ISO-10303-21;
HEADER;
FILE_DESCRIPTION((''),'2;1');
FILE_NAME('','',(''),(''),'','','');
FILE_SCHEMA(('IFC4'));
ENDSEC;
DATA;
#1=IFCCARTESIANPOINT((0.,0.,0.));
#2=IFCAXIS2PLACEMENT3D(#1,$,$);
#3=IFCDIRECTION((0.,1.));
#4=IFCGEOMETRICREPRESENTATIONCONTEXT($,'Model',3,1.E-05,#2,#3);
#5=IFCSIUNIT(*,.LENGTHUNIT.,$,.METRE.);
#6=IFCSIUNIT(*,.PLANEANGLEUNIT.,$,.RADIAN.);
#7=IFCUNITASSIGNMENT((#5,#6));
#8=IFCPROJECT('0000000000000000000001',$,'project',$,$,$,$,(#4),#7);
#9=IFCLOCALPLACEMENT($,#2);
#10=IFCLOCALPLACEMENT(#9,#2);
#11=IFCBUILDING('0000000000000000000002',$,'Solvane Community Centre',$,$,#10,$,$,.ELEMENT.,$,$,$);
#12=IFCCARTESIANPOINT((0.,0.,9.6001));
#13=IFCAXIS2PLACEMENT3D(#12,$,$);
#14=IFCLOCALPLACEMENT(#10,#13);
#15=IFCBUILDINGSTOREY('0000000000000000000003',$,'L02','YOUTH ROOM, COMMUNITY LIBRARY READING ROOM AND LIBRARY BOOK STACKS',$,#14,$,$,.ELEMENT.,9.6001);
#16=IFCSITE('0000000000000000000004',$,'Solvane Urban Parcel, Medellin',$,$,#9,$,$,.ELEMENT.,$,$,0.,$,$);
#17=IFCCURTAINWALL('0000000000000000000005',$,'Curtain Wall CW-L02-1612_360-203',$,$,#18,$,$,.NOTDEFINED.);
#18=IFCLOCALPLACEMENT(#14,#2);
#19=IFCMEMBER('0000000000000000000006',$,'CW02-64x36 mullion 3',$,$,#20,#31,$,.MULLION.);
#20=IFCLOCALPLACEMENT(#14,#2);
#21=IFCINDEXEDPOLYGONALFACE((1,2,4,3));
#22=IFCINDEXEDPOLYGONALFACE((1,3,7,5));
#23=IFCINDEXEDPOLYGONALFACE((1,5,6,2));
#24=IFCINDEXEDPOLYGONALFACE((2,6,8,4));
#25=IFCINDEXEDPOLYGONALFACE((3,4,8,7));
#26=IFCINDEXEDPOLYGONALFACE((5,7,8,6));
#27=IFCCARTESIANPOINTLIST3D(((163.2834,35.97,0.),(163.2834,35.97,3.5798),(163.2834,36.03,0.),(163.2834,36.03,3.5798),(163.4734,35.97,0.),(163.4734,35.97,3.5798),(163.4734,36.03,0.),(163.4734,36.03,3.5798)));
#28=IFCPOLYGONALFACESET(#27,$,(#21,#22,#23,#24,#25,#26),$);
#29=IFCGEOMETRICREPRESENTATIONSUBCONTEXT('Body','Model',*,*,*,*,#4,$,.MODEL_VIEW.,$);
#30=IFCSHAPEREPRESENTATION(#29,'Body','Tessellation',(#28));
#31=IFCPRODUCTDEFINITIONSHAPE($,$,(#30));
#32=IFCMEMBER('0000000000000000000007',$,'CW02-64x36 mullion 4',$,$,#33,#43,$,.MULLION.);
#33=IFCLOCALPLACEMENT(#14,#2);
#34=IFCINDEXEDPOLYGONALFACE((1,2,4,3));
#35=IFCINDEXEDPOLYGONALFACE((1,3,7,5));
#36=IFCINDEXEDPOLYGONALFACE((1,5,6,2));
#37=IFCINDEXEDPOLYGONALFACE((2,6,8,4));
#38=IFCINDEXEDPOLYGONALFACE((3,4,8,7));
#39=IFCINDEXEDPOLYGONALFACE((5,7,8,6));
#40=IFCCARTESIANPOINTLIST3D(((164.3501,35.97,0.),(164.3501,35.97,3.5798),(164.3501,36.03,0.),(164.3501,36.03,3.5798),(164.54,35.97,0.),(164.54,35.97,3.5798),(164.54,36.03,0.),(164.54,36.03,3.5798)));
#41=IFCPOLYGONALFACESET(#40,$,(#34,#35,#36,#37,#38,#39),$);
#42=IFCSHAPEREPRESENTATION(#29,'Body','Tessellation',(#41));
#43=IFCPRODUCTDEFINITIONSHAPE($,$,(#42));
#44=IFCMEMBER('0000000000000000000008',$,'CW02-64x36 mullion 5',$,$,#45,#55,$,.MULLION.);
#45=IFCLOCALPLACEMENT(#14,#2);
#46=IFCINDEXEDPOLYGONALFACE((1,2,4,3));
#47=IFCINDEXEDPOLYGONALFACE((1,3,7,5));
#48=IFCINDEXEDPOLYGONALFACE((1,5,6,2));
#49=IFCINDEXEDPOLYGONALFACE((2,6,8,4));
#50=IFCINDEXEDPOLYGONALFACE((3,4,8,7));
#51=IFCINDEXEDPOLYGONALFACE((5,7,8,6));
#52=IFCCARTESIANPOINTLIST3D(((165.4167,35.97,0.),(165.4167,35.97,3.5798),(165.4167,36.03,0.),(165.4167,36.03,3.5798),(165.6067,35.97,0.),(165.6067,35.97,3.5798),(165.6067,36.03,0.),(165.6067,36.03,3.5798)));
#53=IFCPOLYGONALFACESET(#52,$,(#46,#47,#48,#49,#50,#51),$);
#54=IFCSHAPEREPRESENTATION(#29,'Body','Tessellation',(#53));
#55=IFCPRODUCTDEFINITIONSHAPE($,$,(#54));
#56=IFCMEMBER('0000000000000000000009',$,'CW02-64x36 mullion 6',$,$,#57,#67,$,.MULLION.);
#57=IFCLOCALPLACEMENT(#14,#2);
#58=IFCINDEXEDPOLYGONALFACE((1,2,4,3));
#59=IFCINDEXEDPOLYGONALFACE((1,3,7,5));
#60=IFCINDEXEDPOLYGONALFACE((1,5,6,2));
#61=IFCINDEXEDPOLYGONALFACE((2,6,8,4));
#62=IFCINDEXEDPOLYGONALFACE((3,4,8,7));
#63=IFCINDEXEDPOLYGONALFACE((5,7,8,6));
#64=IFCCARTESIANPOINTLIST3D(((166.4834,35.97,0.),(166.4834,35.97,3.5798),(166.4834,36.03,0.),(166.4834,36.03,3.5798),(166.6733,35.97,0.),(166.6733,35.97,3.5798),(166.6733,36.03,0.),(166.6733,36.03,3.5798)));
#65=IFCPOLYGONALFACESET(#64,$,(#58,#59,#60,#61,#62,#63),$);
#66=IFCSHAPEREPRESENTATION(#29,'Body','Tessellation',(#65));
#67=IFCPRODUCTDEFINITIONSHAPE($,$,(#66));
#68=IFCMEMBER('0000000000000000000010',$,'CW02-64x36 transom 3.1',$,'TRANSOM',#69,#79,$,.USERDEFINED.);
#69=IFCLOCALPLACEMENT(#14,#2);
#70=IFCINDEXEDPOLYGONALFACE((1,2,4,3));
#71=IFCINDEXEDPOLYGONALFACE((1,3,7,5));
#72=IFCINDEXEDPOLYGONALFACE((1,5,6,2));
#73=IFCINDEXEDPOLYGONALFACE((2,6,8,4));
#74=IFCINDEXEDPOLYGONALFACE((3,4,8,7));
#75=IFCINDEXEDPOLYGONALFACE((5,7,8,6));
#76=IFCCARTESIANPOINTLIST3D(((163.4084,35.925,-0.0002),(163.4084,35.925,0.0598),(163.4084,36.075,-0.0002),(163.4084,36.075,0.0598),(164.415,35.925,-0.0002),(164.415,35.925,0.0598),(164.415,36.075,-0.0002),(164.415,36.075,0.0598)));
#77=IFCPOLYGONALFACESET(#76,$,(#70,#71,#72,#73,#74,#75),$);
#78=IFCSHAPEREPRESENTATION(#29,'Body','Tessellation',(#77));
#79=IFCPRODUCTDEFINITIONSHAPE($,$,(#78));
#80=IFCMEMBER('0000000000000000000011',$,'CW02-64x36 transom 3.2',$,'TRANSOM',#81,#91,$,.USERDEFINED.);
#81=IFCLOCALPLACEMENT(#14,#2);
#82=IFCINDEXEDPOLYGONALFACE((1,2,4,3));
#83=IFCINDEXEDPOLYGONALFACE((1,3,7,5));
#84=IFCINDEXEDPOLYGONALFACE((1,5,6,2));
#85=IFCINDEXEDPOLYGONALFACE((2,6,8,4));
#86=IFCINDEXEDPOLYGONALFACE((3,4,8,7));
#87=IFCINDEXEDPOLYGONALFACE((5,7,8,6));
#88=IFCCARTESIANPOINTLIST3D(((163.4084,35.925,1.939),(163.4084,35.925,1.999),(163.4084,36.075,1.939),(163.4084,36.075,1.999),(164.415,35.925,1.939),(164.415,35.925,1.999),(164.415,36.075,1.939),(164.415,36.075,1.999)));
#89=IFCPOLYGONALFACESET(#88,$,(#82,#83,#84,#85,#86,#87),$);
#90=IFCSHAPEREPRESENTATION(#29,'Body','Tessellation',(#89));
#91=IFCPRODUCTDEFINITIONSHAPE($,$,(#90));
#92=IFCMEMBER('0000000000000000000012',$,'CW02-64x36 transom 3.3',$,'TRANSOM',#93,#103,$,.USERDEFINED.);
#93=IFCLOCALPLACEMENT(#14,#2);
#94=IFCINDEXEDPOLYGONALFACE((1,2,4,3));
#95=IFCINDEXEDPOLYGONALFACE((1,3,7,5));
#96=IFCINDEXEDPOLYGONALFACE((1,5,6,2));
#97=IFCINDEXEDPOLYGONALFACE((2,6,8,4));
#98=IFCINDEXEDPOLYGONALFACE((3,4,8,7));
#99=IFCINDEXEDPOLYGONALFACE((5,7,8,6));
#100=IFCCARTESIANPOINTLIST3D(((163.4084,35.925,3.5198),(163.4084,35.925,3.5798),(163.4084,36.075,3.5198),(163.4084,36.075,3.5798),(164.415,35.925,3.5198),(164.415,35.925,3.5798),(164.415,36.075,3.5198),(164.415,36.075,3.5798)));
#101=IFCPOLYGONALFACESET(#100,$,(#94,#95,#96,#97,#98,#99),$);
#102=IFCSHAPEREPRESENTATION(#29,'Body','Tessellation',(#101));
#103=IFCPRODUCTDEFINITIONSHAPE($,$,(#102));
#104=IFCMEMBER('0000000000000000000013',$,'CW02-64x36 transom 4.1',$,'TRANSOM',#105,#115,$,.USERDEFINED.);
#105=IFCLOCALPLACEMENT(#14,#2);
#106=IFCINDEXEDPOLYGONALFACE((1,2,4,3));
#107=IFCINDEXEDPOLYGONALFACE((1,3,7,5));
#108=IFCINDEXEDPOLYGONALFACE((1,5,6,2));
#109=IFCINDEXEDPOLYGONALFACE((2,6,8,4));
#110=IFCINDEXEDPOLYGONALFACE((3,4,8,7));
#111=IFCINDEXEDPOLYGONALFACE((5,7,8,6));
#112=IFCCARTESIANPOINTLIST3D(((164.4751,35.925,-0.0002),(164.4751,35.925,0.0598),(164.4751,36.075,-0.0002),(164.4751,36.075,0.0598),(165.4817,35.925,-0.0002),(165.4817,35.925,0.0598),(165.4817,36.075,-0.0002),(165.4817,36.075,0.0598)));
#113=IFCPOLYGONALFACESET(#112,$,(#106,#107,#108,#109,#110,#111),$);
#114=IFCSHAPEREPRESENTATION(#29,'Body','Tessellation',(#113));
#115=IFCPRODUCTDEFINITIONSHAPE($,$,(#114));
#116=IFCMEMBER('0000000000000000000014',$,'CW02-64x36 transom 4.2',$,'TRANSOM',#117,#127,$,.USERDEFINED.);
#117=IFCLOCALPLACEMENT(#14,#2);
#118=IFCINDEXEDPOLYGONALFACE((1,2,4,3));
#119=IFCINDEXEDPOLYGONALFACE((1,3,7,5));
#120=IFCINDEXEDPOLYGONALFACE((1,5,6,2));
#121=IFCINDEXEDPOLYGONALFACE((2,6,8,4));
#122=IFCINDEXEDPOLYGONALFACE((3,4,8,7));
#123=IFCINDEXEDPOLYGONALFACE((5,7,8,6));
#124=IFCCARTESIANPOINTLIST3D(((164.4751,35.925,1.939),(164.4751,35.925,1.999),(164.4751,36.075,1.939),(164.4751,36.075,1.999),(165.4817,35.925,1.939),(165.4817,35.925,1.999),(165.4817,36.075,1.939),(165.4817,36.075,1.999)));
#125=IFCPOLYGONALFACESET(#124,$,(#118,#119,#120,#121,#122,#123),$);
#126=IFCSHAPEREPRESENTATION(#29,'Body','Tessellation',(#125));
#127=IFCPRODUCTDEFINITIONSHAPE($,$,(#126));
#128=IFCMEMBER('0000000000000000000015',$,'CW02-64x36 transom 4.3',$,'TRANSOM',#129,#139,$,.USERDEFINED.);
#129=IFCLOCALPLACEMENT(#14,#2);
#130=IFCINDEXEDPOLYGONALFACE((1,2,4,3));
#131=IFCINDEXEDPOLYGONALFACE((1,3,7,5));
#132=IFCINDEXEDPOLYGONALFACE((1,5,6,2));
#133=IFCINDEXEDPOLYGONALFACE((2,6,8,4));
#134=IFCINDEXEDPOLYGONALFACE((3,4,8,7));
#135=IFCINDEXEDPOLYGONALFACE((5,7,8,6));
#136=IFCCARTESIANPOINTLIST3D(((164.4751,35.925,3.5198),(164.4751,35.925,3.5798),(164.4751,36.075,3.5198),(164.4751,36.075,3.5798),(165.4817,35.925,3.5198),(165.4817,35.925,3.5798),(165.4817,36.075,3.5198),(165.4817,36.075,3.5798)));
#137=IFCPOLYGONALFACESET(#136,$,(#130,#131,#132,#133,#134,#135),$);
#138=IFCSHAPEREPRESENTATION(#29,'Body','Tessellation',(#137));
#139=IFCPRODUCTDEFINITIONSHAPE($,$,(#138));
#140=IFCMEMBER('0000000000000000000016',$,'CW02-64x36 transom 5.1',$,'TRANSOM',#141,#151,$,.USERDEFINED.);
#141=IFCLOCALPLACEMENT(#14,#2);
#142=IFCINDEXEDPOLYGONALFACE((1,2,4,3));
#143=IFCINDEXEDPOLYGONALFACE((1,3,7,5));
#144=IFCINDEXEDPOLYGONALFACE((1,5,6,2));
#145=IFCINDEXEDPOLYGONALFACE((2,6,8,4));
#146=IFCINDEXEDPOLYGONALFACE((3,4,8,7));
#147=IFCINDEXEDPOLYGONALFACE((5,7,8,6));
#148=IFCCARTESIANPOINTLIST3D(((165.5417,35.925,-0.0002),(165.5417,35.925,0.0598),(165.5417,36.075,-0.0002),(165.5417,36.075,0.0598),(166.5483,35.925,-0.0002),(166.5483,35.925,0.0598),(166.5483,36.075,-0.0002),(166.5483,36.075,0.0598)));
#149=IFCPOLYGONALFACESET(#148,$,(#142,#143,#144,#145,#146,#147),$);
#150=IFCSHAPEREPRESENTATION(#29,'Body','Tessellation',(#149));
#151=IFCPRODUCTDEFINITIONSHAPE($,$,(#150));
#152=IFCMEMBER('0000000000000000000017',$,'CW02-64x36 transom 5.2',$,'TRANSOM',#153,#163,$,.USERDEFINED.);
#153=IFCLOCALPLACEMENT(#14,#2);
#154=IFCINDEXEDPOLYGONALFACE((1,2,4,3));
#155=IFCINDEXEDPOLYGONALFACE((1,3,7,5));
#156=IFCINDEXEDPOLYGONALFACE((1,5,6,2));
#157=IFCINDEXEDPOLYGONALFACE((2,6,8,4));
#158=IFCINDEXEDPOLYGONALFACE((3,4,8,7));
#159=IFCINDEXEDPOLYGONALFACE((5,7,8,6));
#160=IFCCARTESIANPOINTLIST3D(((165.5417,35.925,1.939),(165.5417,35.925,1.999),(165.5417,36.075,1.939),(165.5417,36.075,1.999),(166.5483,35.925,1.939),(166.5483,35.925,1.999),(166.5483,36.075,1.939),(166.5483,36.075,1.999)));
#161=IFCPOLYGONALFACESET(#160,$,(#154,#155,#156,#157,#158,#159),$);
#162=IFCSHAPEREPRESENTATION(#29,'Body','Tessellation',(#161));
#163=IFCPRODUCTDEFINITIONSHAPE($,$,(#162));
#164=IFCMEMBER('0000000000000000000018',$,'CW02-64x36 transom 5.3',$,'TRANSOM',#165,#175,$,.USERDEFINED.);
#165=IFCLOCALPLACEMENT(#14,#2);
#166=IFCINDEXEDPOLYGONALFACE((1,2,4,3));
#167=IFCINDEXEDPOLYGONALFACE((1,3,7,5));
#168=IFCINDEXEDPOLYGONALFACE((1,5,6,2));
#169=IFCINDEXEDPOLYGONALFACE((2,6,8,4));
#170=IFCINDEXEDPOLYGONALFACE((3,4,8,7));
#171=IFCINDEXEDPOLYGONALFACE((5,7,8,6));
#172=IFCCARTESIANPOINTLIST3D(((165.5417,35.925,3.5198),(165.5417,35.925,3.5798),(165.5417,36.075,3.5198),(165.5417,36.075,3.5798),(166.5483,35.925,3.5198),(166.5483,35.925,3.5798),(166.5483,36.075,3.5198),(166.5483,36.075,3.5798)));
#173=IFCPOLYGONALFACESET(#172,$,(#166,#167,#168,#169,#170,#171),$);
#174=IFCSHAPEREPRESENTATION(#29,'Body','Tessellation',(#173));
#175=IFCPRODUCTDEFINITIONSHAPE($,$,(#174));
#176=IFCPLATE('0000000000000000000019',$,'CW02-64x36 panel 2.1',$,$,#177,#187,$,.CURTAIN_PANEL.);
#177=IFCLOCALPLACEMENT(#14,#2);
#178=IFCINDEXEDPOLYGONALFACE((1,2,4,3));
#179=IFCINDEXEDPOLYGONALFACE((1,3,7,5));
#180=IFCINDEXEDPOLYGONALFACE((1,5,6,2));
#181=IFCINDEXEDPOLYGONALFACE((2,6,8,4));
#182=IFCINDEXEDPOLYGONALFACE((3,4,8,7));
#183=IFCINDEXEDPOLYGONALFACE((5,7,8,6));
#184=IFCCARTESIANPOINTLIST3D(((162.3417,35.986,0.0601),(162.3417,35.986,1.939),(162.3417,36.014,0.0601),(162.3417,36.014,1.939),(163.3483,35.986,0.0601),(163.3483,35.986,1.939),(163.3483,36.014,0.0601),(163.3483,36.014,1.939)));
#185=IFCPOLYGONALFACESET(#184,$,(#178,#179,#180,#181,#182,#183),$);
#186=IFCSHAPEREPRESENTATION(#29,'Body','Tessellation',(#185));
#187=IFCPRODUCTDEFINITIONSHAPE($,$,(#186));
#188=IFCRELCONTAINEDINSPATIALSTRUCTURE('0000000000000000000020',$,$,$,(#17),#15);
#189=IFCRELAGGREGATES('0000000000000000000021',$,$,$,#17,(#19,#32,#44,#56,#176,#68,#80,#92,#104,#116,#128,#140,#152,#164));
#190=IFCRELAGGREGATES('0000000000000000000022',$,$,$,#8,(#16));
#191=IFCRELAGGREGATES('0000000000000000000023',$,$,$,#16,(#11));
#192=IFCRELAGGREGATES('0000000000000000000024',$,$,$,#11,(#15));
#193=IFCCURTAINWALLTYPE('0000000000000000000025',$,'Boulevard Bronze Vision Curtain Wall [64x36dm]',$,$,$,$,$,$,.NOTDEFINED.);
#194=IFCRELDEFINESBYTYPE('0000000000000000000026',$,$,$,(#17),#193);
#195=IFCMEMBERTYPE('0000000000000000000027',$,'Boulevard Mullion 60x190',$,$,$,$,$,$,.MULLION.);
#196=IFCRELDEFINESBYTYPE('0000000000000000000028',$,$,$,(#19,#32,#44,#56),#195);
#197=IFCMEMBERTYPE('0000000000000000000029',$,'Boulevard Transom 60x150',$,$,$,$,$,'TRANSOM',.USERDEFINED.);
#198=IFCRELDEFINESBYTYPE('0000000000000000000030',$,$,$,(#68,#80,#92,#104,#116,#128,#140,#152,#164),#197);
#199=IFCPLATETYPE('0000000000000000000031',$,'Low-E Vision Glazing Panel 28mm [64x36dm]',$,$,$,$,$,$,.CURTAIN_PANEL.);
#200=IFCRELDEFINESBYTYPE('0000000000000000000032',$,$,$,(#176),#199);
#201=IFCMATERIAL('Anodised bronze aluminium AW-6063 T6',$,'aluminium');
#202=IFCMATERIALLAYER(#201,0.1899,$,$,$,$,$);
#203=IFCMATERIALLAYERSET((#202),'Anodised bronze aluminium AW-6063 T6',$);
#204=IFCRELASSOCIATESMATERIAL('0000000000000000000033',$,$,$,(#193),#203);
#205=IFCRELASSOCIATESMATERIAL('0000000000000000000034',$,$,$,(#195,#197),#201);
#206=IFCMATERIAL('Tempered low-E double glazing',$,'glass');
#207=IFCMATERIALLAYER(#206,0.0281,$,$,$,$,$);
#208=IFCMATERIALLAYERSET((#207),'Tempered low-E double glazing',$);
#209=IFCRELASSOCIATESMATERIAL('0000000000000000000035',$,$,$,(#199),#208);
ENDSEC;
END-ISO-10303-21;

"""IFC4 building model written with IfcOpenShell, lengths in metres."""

from ifc_helpers import new_model, si_unit, direction, frame, origin, origin_2d, place, context, subcontext, project, spatial, rectangle, extrude, material, layer, layer_set, material_profile, profile_set, type_object, element, aggregate, save


model = new_model("IFC4")

# Units and contexts
model_context = context("Model", 3, precision=1e-05, world=origin(), true_north=direction((0.0, 1.0)))
body_context = subcontext(model_context, "Body", "Model", "MODEL_VIEW")
ifc_project = project(units=[si_unit("LENGTHUNIT", "METRE"), si_unit("PLANEANGLEUNIT", "RADIAN")], contexts=[model_context])

# Site, building, storey
site_placement = place(None, origin())
site = spatial("IfcSite", under=ifc_project, at=site_placement, Name="Solvane Urban Parcel, Medellin", CompositionType="ELEMENT", RefElevation=0.0)
building_placement = place(site_placement, origin())
building = spatial("IfcBuilding", under=site, at=building_placement, Name="Solvane Community Centre", CompositionType="ELEMENT")
storey_placement = place(building_placement, frame((0.0, 0.0, 9.6001)))
storey = spatial("IfcBuildingStorey", under=building, at=storey_placement, Name="L02", Description="YOUTH ROOM, COMMUNITY LIBRARY READING ROOM AND LIBRARY BOOK STACKS", CompositionType="ELEMENT", Elevation=9.6001)

# Curtain wall, members, plate
ifc_material_1 = material(Name="Anodised bronze aluminium AW-6063 T6", Category="aluminium")
ifc_layer_1 = layer(ifc_material_1, 0.1899)
ifc_layer_set_1 = layer_set([ifc_layer_1], Name="Anodised bronze aluminium AW-6063 T6")
curtain_wall_type = type_object("IfcCurtainWallType", Name="Boulevard Bronze Vision Curtain Wall [64x36dm]", PredefinedType="NOTDEFINED", material=ifc_layer_set_1)
curtain_wall_placement = place(storey_placement, origin())
curtain_wall = element("IfcCurtainWall", 1, at=curtain_wall_placement, inside=storey, type_object=curtain_wall_type, Name="Curtain Wall CW-L02-1612_360-203", PredefinedType="NOTDEFINED")
ifc_material_profile_1 = material_profile(ifc_material_1, rectangle(XDim=0.0601, YDim=0.1899, at=origin_2d()), Name="CW-M 60x190")
ifc_profile_set_1 = profile_set([ifc_material_profile_1], Name="Anodised bronze aluminium AW-6063 T6")
member_type_1 = type_object("IfcMemberType", Name="Boulevard Mullion 60x190", PredefinedType="MULLION", material=ifc_profile_set_1)
member_1_placement = place(storey_placement, frame((163.3784, 36.0, 0.0), z_axis=(0.0, 0.0, 1.0), x_axis=(0.0, 1.0, 0.0)))
member_1 = element("IfcMember", 2, at=member_1_placement, type_object=member_type_1, Name="CW02-64x36 mullion 3", PredefinedType="MULLION", context=body_context, shape_type="SweptSolid", body=[
    extrude(rectangle(XDim=0.0601, YDim=0.1899, at=origin_2d()), origin(), (0.0, 0.0, 1.0), 3.5798),
])
member_2_placement = place(storey_placement, frame((164.4451, 36.0, 0.0), z_axis=(0.0, 0.0, 1.0), x_axis=(0.0, 1.0, 0.0)))
member_2 = element("IfcMember", 3, at=member_2_placement, type_object=member_type_1, Name="CW02-64x36 mullion 4", PredefinedType="MULLION", context=body_context, shape_type="SweptSolid", body=[
    extrude(rectangle(XDim=0.0601, YDim=0.1899, at=origin_2d()), origin(), (0.0, 0.0, 1.0), 3.5798),
])
member_3_placement = place(storey_placement, frame((165.5117, 36.0, 0.0), z_axis=(0.0, 0.0, 1.0), x_axis=(0.0, 1.0, 0.0)))
member_3 = element("IfcMember", 4, at=member_3_placement, type_object=member_type_1, Name="CW02-64x36 mullion 5", PredefinedType="MULLION", context=body_context, shape_type="SweptSolid", body=[
    extrude(rectangle(XDim=0.0601, YDim=0.1899, at=origin_2d()), origin(), (0.0, 0.0, 1.0), 3.5798),
])
member_4_placement = place(storey_placement, frame((166.5784, 36.0, 0.0), z_axis=(0.0, 0.0, 1.0), x_axis=(0.0, 1.0, 0.0)))
member_4 = element("IfcMember", 5, at=member_4_placement, type_object=member_type_1, Name="CW02-64x36 mullion 6", PredefinedType="MULLION", context=body_context, shape_type="SweptSolid", body=[
    extrude(rectangle(XDim=0.0601, YDim=0.1899, at=origin_2d()), origin(), (0.0, 0.0, 1.0), 3.5798),
])
ifc_material_profile_2 = material_profile(ifc_material_1, rectangle(XDim=0.1499, YDim=0.0601, at=origin_2d()), Name="CW-T 60x150")
ifc_profile_set_2 = profile_set([ifc_material_profile_2], Name="Anodised bronze aluminium AW-6063 T6")
member_type_2 = type_object("IfcMemberType", Name="Boulevard Transom 60x150", ElementType="TRANSOM", PredefinedType="USERDEFINED", material=ifc_profile_set_2)
member_5_placement = place(storey_placement, frame((163.4084, 36.0, 0.0298), z_axis=(1.0, 0.0, 0.0), x_axis=(0.0, 1.0, 0.0)))
member_5 = element("IfcMember", 6, at=member_5_placement, type_object=member_type_2, Name="CW02-64x36 transom 3.1", ObjectType="TRANSOM", PredefinedType="USERDEFINED", context=body_context, shape_type="SweptSolid", body=[
    extrude(rectangle(XDim=0.1499, YDim=0.0601, at=origin_2d()), origin(), (0.0, 0.0, 1.0), 1.0066),
])
member_6_placement = place(storey_placement, frame((163.4084, 36.0, 1.969), z_axis=(1.0, 0.0, 0.0), x_axis=(0.0, 1.0, 0.0)))
member_6 = element("IfcMember", 7, at=member_6_placement, type_object=member_type_2, Name="CW02-64x36 transom 3.2", ObjectType="TRANSOM", PredefinedType="USERDEFINED", context=body_context, shape_type="SweptSolid", body=[
    extrude(rectangle(XDim=0.1499, YDim=0.0601, at=origin_2d()), origin(), (0.0, 0.0, 1.0), 1.0066),
])
member_7_placement = place(storey_placement, frame((163.4084, 36.0, 3.5498), z_axis=(1.0, 0.0, 0.0), x_axis=(0.0, 1.0, 0.0)))
member_7 = element("IfcMember", 8, at=member_7_placement, type_object=member_type_2, Name="CW02-64x36 transom 3.3", ObjectType="TRANSOM", PredefinedType="USERDEFINED", context=body_context, shape_type="SweptSolid", body=[
    extrude(rectangle(XDim=0.1499, YDim=0.0601, at=origin_2d()), origin(), (0.0, 0.0, 1.0), 1.0066),
])
member_8_placement = place(storey_placement, frame((164.4751, 36.0, 0.0298), z_axis=(1.0, 0.0, 0.0), x_axis=(0.0, 1.0, 0.0)))
member_8 = element("IfcMember", 9, at=member_8_placement, type_object=member_type_2, Name="CW02-64x36 transom 4.1", ObjectType="TRANSOM", PredefinedType="USERDEFINED", context=body_context, shape_type="SweptSolid", body=[
    extrude(rectangle(XDim=0.1499, YDim=0.0601, at=origin_2d()), origin(), (0.0, 0.0, 1.0), 1.0066),
])
member_9_placement = place(storey_placement, frame((164.4751, 36.0, 1.969), z_axis=(1.0, 0.0, 0.0), x_axis=(0.0, 1.0, 0.0)))
member_9 = element("IfcMember", 10, at=member_9_placement, type_object=member_type_2, Name="CW02-64x36 transom 4.2", ObjectType="TRANSOM", PredefinedType="USERDEFINED", context=body_context, shape_type="SweptSolid", body=[
    extrude(rectangle(XDim=0.1499, YDim=0.0601, at=origin_2d()), origin(), (0.0, 0.0, 1.0), 1.0066),
])
member_10_placement = place(storey_placement, frame((164.4751, 36.0, 3.5498), z_axis=(1.0, 0.0, 0.0), x_axis=(0.0, 1.0, 0.0)))
member_10 = element("IfcMember", 11, at=member_10_placement, type_object=member_type_2, Name="CW02-64x36 transom 4.3", ObjectType="TRANSOM", PredefinedType="USERDEFINED", context=body_context, shape_type="SweptSolid", body=[
    extrude(rectangle(XDim=0.1499, YDim=0.0601, at=origin_2d()), origin(), (0.0, 0.0, 1.0), 1.0066),
])
member_11_placement = place(storey_placement, frame((165.5417, 36.0, 0.0298), z_axis=(1.0, 0.0, 0.0), x_axis=(0.0, 1.0, 0.0)))
member_11 = element("IfcMember", 12, at=member_11_placement, type_object=member_type_2, Name="CW02-64x36 transom 5.1", ObjectType="TRANSOM", PredefinedType="USERDEFINED", context=body_context, shape_type="SweptSolid", body=[
    extrude(rectangle(XDim=0.1499, YDim=0.0601, at=origin_2d()), origin(), (0.0, 0.0, 1.0), 1.0066),
])
member_12_placement = place(storey_placement, frame((165.5417, 36.0, 1.969), z_axis=(1.0, 0.0, 0.0), x_axis=(0.0, 1.0, 0.0)))
member_12 = element("IfcMember", 13, at=member_12_placement, type_object=member_type_2, Name="CW02-64x36 transom 5.2", ObjectType="TRANSOM", PredefinedType="USERDEFINED", context=body_context, shape_type="SweptSolid", body=[
    extrude(rectangle(XDim=0.1499, YDim=0.0601, at=origin_2d()), origin(), (0.0, 0.0, 1.0), 1.0066),
])
member_13_placement = place(storey_placement, frame((165.5417, 36.0, 3.5498), z_axis=(1.0, 0.0, 0.0), x_axis=(0.0, 1.0, 0.0)))
member_13 = element("IfcMember", 14, at=member_13_placement, type_object=member_type_2, Name="CW02-64x36 transom 5.3", ObjectType="TRANSOM", PredefinedType="USERDEFINED", context=body_context, shape_type="SweptSolid", body=[
    extrude(rectangle(XDim=0.1499, YDim=0.0601, at=origin_2d()), origin(), (0.0, 0.0, 1.0), 1.0066),
])
ifc_material_2 = material(Name="Tempered low-E double glazing", Category="glass")
ifc_layer_2 = layer(ifc_material_2, 0.0281)
ifc_layer_set_2 = layer_set([ifc_layer_2], Name="Tempered low-E double glazing")
plate_type = type_object("IfcPlateType", Name="Low-E Vision Glazing Panel 28mm [64x36dm]", PredefinedType="CURTAIN_PANEL", material=ifc_layer_set_2)
plate_1_placement = place(storey_placement, frame((162.845, 36.0, 0.0601), z_axis=(0.0, 0.0, 1.0), x_axis=(1.0, 0.0, 0.0)))
plate_1 = element("IfcPlate", 15, at=plate_1_placement, type_object=plate_type, Name="CW02-64x36 panel 2.1", PredefinedType="CURTAIN_PANEL", context=body_context, shape_type="SweptSolid", body=[
    extrude(rectangle(XDim=1.0066, YDim=0.0281, at=origin_2d()), origin(), (0.0, 0.0, 1.0), 1.8789),
])
aggregate(curtain_wall, [member_1, member_2, member_3, member_4, plate_1, member_5, member_6, member_7, member_8, member_9, member_10, member_11, member_12, member_13])

save(model, "model.ifc")
